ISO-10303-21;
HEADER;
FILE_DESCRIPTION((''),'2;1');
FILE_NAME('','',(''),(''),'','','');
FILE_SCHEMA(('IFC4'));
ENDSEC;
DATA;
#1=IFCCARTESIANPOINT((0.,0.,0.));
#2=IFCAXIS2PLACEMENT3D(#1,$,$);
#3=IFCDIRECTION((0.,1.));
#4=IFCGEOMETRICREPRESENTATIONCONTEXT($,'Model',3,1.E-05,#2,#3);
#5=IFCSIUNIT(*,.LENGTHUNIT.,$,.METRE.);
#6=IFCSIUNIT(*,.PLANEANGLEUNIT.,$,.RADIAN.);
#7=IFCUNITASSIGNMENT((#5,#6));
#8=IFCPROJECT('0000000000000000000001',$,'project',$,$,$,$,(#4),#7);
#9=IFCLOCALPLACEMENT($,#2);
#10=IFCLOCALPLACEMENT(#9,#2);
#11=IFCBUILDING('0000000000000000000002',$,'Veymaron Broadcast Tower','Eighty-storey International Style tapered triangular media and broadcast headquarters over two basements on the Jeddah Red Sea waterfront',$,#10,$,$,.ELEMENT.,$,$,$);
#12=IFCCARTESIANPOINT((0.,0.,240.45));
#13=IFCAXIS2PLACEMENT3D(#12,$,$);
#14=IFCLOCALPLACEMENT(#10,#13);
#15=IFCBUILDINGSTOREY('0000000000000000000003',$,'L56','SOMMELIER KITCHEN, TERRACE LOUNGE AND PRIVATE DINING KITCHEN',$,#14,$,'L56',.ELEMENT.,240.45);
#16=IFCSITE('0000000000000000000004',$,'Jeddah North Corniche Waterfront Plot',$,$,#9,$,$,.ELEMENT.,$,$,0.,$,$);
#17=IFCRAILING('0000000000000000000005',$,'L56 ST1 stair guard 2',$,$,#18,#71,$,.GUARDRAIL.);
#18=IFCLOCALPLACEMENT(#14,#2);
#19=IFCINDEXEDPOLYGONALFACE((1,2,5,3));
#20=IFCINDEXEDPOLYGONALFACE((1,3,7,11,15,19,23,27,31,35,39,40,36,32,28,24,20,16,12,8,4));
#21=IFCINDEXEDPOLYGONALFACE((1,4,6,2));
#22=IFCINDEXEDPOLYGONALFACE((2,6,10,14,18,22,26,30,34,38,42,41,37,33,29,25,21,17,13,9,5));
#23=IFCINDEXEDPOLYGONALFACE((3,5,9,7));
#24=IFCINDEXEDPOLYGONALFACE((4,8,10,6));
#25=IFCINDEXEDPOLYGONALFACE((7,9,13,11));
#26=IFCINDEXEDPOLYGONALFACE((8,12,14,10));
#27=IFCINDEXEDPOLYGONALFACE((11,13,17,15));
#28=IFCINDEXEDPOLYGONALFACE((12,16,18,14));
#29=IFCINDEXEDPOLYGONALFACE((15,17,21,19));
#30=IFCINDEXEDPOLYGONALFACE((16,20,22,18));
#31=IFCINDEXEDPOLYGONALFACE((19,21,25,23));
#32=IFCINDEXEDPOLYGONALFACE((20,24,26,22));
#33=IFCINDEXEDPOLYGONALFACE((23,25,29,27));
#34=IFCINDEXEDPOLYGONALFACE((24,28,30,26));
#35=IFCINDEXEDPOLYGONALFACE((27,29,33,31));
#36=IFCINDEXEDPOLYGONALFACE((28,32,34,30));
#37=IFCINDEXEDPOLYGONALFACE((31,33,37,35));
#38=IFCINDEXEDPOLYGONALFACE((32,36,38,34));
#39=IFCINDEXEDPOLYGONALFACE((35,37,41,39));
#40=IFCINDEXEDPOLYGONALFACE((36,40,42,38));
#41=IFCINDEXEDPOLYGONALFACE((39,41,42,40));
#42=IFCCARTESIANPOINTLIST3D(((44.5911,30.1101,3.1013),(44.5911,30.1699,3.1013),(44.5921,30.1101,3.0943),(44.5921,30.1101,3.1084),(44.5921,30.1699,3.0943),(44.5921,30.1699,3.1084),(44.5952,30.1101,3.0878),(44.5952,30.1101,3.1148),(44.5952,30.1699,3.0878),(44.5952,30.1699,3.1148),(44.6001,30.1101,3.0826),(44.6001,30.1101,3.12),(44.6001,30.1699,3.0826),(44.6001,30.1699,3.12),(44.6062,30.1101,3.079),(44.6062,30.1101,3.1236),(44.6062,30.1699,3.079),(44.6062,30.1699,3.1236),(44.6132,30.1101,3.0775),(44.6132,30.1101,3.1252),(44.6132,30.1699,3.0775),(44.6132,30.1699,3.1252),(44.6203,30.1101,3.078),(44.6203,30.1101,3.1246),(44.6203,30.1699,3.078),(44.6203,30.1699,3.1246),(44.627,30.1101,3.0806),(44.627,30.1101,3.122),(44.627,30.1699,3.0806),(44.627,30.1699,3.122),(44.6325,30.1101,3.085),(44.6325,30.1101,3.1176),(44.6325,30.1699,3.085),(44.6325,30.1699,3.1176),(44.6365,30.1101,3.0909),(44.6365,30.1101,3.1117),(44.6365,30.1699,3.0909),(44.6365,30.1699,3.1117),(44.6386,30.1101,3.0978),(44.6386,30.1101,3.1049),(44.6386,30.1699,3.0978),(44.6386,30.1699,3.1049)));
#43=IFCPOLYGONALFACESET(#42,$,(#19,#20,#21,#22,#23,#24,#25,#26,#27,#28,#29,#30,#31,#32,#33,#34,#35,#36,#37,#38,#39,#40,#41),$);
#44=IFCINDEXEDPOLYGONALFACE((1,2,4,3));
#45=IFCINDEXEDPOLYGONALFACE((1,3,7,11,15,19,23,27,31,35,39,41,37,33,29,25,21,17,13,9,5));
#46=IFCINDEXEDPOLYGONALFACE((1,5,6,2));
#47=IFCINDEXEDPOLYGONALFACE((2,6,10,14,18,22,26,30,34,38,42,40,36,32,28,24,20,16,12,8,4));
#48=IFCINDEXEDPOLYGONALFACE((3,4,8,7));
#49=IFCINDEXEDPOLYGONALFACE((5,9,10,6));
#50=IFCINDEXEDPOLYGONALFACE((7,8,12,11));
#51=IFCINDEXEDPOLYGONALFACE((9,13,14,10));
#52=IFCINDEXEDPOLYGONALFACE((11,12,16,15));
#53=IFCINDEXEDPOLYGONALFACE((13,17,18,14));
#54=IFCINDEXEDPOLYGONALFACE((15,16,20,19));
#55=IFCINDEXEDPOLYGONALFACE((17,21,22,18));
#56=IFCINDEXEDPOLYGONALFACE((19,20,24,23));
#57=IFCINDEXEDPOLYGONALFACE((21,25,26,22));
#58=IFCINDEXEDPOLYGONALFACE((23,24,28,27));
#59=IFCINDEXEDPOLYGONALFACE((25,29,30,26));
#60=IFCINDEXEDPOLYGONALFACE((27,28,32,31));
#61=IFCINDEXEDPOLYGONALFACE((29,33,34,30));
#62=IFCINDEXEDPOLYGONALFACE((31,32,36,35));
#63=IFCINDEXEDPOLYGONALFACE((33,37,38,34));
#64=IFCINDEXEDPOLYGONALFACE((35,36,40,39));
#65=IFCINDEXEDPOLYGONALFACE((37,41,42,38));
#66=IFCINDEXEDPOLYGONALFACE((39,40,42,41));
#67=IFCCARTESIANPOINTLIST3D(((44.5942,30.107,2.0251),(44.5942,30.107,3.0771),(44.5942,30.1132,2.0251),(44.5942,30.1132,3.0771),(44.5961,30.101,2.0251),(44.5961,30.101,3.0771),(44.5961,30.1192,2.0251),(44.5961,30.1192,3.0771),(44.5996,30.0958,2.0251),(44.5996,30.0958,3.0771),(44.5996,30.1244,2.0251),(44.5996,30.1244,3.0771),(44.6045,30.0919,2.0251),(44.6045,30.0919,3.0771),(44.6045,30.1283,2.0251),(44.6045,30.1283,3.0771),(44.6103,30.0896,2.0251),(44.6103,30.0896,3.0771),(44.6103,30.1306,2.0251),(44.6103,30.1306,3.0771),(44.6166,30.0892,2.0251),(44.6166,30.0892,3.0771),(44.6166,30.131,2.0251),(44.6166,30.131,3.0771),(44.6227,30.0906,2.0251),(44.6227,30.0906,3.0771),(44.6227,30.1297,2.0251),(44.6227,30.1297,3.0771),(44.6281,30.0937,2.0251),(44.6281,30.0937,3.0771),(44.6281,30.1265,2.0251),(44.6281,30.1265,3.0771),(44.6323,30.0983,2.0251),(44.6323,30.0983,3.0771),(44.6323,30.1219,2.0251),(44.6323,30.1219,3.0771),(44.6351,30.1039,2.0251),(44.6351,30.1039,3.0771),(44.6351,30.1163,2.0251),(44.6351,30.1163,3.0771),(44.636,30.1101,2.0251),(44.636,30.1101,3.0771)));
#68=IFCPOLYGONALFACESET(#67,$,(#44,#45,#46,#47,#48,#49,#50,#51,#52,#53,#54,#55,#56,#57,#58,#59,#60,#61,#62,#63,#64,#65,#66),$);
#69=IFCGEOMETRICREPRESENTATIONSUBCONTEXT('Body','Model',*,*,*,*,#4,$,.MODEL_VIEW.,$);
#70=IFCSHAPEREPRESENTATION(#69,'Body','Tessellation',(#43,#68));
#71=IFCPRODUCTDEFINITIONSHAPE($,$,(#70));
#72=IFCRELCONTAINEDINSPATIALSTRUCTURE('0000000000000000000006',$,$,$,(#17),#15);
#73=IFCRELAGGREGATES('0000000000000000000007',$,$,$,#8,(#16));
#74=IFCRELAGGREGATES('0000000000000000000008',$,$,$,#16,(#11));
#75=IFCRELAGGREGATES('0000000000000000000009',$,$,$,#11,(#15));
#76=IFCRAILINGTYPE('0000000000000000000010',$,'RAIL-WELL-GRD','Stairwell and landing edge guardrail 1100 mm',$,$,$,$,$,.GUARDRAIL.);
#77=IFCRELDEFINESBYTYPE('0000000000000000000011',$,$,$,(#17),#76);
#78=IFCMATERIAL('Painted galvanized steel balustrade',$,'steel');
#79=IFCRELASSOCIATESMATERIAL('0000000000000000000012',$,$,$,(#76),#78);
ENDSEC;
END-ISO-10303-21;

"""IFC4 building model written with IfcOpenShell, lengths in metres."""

from ifc_helpers import new_model, si_unit, direction, frame, origin, origin_2d, place, context, subcontext, project, spatial, circle, extrude, material, type_object, element, save


model = new_model("IFC4")

# Units and contexts
model_context = context("Model", 3, precision=1e-05, world=origin(), true_north=direction((0.0, 1.0)))
body_context = subcontext(model_context, "Body", "Model", "MODEL_VIEW")
ifc_project = project(units=[si_unit("LENGTHUNIT", "METRE"), si_unit("PLANEANGLEUNIT", "RADIAN")], contexts=[model_context])

# Site, building, storey
site_placement = place(None, origin())
site = spatial("IfcSite", under=ifc_project, at=site_placement, Name="Jeddah North Corniche Waterfront Plot", CompositionType="ELEMENT", RefElevation=0.0)
building_placement = place(site_placement, origin())
building = spatial("IfcBuilding", under=site, at=building_placement, Name="Veymaron Broadcast Tower", Description="Eighty-storey International Style tapered triangular media and broadcast headquarters over two basements on the Jeddah Red Sea waterfront", CompositionType="ELEMENT")
storey_placement = place(building_placement, frame((0.0, 0.0, 240.45)))
storey = spatial("IfcBuildingStorey", under=building, at=storey_placement, Name="L56", Description="SOMMELIER KITCHEN, TERRACE LOUNGE AND PRIVATE DINING KITCHEN", LongName="L56", CompositionType="ELEMENT", Elevation=240.45)

# Railing
ifc_material_1 = material(Name="Painted galvanized steel balustrade", Category="steel")
railing_type_1 = type_object("IfcRailingType", Name="RAIL-WELL-GRD", Description="Stairwell and landing edge guardrail 1100 mm", PredefinedType="GUARDRAIL", material=ifc_material_1)
railing_1_placement = place(storey_placement, frame((44.615, 30.1101, 2.0251)))
element("IfcRailing", 1, at=railing_1_placement, inside=storey, type_object=railing_type_1, Name="L56 ST1 stair guard 2", PredefinedType="GUARDRAIL", context=body_context, shape_type="SweptSolid", body=[
    extrude(circle(Radius=0.0239, at=origin_2d()), frame((0.0, 0.0, 1.0762), z_axis=(0.0, 1.0, 0.0), x_axis=(-1.0, 0.0, 0.0)), (0.0, 0.0, 1.0), 0.0598),
    extrude(circle(Radius=0.021, at=origin_2d()), origin(), (0.0, 0.0, 1.0), 1.052),
])

save(model, "model.ifc")
